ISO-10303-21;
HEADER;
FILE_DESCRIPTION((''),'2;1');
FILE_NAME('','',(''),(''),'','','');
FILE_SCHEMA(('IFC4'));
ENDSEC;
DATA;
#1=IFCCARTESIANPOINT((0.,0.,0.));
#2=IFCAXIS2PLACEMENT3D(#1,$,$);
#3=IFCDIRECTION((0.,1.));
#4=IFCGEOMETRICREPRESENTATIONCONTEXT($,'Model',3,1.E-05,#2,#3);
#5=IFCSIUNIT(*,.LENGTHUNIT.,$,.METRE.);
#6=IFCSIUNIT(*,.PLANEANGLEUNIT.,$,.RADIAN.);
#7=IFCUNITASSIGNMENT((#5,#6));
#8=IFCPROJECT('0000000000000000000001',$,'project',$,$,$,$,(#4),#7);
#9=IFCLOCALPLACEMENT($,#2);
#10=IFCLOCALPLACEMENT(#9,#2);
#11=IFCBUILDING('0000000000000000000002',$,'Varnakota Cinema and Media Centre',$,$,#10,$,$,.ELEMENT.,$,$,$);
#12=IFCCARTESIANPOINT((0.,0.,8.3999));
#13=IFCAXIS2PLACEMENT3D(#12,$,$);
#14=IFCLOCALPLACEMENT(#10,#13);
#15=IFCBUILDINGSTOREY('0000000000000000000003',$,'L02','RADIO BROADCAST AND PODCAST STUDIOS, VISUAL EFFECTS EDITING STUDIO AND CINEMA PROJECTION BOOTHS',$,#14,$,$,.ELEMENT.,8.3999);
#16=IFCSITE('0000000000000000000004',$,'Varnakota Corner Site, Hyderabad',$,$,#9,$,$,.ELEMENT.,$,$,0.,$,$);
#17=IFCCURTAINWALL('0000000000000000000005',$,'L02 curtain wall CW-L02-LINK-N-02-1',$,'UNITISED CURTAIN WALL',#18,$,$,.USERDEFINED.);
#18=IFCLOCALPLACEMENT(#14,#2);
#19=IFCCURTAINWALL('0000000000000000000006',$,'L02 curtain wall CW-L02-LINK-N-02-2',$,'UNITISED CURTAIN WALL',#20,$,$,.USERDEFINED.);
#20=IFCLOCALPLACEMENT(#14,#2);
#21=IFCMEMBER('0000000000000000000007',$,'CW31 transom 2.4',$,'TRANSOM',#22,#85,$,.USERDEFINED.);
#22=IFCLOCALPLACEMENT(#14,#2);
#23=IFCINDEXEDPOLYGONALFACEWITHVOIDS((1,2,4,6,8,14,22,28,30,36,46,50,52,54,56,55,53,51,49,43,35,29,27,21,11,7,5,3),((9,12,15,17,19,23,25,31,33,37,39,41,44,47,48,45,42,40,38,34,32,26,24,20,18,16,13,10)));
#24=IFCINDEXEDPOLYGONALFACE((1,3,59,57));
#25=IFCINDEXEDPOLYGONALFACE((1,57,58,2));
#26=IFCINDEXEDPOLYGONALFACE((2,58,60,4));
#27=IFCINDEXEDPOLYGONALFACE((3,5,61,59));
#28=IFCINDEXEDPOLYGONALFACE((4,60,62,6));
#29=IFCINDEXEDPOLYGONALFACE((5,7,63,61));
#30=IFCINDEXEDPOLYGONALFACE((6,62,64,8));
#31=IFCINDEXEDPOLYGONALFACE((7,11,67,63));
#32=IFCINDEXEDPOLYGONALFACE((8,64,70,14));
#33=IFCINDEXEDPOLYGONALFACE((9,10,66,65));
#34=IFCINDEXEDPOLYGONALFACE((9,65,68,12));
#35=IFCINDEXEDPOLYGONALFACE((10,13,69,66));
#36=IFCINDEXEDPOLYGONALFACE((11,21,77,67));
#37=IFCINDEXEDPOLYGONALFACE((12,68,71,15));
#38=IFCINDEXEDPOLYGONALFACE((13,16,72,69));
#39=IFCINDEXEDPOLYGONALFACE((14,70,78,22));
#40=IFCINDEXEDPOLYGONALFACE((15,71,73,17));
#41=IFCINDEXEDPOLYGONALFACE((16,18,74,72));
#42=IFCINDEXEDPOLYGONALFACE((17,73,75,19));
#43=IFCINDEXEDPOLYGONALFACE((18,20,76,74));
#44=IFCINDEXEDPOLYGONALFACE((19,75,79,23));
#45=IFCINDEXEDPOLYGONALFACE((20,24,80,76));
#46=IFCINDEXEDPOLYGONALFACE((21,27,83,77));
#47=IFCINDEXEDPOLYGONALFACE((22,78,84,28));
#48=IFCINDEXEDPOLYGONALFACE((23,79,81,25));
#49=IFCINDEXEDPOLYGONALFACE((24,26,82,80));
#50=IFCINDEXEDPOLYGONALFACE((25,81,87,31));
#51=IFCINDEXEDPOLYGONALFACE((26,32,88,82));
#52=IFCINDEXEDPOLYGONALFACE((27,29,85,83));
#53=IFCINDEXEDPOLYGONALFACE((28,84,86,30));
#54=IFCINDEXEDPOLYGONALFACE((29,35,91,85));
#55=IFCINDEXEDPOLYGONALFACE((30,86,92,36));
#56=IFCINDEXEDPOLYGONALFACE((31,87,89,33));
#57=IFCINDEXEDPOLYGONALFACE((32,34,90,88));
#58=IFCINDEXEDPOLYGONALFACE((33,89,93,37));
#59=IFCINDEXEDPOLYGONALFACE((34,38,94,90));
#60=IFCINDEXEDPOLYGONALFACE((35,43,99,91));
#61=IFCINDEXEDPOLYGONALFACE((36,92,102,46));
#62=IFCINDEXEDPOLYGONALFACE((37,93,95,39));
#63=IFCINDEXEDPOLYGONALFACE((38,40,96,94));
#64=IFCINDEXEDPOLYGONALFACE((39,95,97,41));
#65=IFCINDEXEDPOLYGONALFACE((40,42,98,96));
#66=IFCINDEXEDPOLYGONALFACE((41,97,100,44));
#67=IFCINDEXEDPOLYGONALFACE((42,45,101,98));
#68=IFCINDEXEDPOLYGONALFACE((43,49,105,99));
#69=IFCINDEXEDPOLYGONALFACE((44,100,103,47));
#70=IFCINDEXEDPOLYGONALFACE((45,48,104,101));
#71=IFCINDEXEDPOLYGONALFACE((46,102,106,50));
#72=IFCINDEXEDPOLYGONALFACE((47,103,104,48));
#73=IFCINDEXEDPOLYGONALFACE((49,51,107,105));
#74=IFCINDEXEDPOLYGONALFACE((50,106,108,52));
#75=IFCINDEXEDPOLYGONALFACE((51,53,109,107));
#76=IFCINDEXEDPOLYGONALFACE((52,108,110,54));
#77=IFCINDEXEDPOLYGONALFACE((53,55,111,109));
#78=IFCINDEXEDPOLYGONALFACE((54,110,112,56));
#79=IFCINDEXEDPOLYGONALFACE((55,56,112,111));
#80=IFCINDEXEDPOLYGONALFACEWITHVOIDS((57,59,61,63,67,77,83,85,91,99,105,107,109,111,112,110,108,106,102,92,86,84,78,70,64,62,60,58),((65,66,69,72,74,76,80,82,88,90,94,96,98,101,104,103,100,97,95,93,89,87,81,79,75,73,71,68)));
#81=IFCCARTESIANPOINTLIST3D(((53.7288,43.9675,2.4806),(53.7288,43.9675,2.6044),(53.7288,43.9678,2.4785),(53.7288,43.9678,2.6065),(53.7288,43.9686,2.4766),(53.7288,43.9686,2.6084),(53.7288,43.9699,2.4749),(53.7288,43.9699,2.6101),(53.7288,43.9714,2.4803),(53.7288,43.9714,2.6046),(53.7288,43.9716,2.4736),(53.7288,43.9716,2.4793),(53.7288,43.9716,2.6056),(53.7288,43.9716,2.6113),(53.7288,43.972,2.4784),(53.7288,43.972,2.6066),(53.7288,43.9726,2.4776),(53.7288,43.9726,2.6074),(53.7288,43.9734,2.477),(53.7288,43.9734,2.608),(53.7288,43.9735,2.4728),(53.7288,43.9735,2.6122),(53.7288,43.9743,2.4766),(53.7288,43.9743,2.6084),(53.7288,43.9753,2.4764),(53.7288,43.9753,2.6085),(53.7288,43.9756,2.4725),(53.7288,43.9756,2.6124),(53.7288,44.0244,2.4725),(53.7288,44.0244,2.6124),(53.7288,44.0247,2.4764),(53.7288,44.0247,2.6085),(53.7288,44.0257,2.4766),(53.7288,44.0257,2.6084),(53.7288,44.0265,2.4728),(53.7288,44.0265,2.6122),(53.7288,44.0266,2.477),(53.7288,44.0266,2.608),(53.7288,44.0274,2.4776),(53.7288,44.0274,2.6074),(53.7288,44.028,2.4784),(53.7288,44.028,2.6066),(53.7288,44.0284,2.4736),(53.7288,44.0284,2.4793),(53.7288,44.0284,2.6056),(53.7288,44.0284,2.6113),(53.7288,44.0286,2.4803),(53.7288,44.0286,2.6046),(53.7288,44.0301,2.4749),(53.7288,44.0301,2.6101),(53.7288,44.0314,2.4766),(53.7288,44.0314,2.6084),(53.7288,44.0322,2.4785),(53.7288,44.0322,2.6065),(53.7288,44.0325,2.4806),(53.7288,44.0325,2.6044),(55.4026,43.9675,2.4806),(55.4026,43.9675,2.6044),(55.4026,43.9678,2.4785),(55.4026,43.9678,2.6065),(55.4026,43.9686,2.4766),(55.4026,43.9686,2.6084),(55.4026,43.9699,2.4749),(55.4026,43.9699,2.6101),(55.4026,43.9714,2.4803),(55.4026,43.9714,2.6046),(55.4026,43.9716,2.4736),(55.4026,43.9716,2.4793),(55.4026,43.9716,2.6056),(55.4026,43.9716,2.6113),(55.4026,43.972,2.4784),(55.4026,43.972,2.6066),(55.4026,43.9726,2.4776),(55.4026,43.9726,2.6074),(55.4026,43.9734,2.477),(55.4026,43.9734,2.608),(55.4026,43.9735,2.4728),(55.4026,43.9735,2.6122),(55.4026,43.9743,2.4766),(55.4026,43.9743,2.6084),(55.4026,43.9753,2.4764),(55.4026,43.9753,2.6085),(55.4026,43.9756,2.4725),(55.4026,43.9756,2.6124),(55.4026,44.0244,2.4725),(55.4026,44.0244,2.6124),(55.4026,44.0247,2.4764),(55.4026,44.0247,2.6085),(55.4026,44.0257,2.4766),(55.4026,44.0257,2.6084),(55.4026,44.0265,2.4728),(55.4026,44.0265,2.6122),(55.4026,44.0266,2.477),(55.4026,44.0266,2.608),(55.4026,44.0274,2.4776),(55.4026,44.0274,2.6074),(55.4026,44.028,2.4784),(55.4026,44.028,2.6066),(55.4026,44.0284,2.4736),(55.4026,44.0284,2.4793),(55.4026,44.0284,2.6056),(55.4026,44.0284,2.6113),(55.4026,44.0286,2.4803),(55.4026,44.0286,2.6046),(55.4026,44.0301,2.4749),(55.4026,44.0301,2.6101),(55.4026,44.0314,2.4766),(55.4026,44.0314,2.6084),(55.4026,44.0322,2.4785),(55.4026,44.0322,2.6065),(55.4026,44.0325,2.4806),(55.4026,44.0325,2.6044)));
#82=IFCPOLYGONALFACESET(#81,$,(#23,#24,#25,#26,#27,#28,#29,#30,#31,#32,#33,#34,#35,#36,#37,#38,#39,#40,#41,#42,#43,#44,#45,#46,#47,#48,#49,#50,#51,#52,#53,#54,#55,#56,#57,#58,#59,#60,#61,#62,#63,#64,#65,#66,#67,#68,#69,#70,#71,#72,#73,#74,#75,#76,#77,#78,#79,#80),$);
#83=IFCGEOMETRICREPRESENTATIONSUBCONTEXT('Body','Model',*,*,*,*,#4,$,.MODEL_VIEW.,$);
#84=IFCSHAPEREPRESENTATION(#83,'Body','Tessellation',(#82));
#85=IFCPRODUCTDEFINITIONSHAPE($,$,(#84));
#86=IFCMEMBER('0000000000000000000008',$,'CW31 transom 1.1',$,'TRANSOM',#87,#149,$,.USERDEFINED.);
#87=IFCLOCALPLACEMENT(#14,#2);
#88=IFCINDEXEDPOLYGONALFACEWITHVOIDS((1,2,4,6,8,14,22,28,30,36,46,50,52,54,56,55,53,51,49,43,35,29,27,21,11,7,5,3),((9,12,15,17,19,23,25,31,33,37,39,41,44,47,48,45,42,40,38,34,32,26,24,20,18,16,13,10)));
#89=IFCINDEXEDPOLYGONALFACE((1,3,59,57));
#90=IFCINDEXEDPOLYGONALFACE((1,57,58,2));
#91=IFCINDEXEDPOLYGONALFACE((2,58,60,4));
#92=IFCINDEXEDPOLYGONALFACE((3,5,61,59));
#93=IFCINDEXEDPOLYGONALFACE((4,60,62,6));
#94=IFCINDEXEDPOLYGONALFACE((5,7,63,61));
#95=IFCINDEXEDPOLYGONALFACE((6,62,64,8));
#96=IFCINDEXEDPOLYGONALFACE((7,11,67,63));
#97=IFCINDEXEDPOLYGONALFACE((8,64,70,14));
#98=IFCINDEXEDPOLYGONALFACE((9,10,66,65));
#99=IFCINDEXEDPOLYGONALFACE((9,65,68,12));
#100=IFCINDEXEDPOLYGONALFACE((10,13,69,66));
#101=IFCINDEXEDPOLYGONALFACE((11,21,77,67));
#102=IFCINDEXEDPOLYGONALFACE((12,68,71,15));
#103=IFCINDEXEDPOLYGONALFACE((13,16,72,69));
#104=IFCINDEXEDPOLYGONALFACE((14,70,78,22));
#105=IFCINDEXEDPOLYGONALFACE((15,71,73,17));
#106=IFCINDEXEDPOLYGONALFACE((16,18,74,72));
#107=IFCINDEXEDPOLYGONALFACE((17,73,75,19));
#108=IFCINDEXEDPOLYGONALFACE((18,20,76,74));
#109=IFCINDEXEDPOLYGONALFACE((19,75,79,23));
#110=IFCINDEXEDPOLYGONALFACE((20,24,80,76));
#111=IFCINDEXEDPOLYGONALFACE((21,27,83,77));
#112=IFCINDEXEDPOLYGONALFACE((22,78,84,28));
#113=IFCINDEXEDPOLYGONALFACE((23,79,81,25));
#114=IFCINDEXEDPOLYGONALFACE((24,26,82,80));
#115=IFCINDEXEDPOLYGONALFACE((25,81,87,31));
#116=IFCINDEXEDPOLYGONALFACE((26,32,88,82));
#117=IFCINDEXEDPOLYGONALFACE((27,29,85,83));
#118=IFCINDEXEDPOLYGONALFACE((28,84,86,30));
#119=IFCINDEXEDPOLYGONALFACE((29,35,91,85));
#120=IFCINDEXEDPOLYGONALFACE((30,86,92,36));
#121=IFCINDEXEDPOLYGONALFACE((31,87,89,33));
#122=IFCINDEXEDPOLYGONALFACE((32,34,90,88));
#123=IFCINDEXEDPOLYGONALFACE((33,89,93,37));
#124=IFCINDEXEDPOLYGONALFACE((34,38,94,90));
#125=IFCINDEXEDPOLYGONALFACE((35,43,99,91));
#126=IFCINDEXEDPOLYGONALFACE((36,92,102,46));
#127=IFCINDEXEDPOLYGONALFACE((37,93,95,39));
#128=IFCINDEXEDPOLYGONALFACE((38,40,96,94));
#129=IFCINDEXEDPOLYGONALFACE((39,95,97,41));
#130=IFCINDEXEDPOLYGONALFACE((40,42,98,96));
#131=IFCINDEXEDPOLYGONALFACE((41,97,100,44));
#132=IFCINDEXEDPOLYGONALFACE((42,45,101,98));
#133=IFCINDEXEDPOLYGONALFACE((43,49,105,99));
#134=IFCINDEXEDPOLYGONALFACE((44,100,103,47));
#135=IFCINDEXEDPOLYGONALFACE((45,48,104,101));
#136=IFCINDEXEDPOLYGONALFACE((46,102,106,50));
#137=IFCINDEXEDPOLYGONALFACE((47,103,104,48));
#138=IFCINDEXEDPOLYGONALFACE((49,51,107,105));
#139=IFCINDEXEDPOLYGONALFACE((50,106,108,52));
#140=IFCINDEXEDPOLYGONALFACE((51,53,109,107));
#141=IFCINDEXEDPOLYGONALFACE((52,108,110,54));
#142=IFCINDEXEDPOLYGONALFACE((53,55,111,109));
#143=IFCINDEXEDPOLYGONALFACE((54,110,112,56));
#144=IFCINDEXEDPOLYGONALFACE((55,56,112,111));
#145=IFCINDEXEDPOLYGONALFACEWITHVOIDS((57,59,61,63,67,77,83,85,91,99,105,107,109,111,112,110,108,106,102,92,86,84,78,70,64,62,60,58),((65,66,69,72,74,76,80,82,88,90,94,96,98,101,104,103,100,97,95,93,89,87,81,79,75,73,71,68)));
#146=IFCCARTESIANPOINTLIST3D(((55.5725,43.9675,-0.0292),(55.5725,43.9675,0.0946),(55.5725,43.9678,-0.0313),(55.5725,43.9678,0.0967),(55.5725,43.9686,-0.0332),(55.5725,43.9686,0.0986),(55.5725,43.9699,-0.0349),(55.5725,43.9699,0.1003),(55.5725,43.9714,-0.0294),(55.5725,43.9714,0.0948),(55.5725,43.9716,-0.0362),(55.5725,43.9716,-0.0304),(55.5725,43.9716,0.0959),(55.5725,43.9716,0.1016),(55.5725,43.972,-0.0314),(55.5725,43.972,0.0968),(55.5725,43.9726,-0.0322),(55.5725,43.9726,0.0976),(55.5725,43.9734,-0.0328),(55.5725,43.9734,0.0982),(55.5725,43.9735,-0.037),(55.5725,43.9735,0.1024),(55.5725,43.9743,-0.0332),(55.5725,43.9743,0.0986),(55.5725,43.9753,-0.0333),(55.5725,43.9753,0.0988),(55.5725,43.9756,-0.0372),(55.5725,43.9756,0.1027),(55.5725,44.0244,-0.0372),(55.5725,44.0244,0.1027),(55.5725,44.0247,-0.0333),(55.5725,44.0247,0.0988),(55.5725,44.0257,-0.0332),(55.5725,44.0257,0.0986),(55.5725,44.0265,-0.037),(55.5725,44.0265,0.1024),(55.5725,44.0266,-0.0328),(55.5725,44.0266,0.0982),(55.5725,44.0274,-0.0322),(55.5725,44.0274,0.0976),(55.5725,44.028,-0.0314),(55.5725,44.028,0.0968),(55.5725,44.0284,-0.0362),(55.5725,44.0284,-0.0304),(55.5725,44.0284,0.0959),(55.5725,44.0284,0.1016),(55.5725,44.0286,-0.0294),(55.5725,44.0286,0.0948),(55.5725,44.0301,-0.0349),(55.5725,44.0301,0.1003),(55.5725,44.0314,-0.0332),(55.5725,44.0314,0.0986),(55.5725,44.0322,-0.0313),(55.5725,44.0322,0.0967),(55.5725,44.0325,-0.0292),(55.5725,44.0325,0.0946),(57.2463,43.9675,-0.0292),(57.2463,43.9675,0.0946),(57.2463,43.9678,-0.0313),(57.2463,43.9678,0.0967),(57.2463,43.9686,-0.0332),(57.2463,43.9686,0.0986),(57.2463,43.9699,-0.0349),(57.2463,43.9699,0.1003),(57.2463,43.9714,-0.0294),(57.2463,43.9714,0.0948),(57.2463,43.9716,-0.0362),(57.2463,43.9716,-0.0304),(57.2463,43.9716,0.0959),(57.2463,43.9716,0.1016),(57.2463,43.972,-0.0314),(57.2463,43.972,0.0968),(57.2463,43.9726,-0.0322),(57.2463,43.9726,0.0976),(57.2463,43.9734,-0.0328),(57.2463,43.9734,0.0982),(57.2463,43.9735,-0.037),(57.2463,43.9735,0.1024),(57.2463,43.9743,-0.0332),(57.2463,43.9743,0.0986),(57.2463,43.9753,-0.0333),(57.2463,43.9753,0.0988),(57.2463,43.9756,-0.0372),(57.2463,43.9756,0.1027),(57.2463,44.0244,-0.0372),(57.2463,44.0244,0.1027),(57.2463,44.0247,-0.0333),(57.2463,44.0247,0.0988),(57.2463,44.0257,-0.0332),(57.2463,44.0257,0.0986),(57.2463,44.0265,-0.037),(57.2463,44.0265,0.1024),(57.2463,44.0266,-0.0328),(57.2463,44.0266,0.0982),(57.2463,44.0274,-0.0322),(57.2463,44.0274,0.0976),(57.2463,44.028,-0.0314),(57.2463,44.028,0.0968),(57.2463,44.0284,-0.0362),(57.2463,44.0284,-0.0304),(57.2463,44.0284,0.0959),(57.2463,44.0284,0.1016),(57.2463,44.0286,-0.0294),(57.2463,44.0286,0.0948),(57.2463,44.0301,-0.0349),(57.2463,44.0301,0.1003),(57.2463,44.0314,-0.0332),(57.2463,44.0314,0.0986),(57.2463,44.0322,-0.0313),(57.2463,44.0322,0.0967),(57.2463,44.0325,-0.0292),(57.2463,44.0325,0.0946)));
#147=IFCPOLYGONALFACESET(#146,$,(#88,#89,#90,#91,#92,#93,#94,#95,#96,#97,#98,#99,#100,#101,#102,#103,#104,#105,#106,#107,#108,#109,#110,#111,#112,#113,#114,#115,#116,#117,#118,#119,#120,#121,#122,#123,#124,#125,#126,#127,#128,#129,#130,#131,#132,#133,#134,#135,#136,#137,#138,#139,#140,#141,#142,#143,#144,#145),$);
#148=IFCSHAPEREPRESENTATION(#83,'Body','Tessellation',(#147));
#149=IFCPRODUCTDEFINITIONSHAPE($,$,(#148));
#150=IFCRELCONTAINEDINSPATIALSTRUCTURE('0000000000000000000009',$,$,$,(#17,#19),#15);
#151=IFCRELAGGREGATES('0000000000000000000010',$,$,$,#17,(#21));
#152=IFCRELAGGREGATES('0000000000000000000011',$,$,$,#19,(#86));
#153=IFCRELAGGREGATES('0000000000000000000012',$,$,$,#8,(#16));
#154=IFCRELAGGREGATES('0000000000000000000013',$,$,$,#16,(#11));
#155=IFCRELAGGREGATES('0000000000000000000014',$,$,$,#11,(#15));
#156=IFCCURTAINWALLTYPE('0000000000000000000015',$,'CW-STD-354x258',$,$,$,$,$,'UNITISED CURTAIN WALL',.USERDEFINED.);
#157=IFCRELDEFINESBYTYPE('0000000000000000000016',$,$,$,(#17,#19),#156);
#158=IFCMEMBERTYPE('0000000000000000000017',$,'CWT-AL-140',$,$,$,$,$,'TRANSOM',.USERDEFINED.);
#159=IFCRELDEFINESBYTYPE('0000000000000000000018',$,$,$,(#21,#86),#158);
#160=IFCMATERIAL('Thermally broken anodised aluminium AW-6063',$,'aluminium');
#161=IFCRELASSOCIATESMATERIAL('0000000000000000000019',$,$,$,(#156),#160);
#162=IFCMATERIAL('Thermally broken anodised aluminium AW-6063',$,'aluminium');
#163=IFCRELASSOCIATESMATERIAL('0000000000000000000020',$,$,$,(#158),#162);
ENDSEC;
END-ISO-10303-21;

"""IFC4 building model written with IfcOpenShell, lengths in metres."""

from ifc_helpers import new_model, si_unit, direction, frame, origin, origin_2d, place, context, subcontext, project, spatial, hollow_rectangle, extrude, material, material_profile, profile_set, type_object, element, aggregate, save


model = new_model("IFC4")

# Units and contexts
model_context = context("Model", 3, precision=1e-05, world=origin(), true_north=direction((0.0, 1.0)))
body_context = subcontext(model_context, "Body", "Model", "MODEL_VIEW")
ifc_project = project(units=[si_unit("LENGTHUNIT", "METRE"), si_unit("PLANEANGLEUNIT", "RADIAN")], contexts=[model_context])

# Site, building, storey
site_placement = place(None, origin())
site = spatial("IfcSite", under=ifc_project, at=site_placement, Name="Varnakota Corner Site, Hyderabad", CompositionType="ELEMENT", RefElevation=0.0)
building_placement = place(site_placement, origin())
building = spatial("IfcBuilding", under=site, at=building_placement, Name="Varnakota Cinema and Media Centre", CompositionType="ELEMENT")
storey_placement = place(building_placement, frame((0.0, 0.0, 8.3999)))
storey = spatial("IfcBuildingStorey", under=building, at=storey_placement, Name="L02", Description="RADIO BROADCAST AND PODCAST STUDIOS, VISUAL EFFECTS EDITING STUDIO AND CINEMA PROJECTION BOOTHS", CompositionType="ELEMENT", Elevation=8.3999)

# Curtain wall
ifc_material_1 = material(Name="Thermally broken anodised aluminium AW-6063", Category="aluminium")
curtain_wall_type = type_object("IfcCurtainWallType", Name="CW-STD-354x258", ElementType="UNITISED CURTAIN WALL", PredefinedType="USERDEFINED", material=ifc_material_1)
curtain_wall_1_placement = place(storey_placement, origin())
curtain_wall_1 = element("IfcCurtainWall", 1, at=curtain_wall_1_placement, inside=storey, type_object=curtain_wall_type, Name="L02 curtain wall CW-L02-LINK-N-02-1", ObjectType="UNITISED CURTAIN WALL", PredefinedType="USERDEFINED")

# Curtain wall
curtain_wall_2_placement = place(storey_placement, origin())
curtain_wall_2 = element("IfcCurtainWall", 2, at=curtain_wall_2_placement, inside=storey, type_object=curtain_wall_type, Name="L02 curtain wall CW-L02-LINK-N-02-2", ObjectType="UNITISED CURTAIN WALL", PredefinedType="USERDEFINED")

# Members
ifc_material_2 = material(Name="Thermally broken anodised aluminium AW-6063", Category="aluminium")
ifc_material_profile_1 = material_profile(ifc_material_2, hollow_rectangle(XDim=0.0649, YDim=0.1399, WallThickness=0.0039, InnerFilletRadius=0.0039, OuterFilletRadius=0.0081, at=origin_2d()), Name="AL-TRANSOM 140x65x4")
ifc_profile_set_1 = profile_set([ifc_material_profile_1], Name="Thermally broken anodised aluminium AW-6063")
member_type_1 = type_object("IfcMemberType", Name="CWT-AL-140", ElementType="TRANSOM", PredefinedType="USERDEFINED", material=ifc_profile_set_1)
member_1_placement = place(storey_placement, frame((53.7288, 44.0, 2.5425), z_axis=(1.0, 0.0, 0.0), x_axis=(0.0, 1.0, 0.0)))
member_1 = element("IfcMember", 3, at=member_1_placement, type_object=member_type_1, Name="CW31 transom 2.4", ObjectType="TRANSOM", PredefinedType="USERDEFINED", context=body_context, shape_type="SweptSolid", body=[
    extrude(hollow_rectangle(XDim=0.0649, YDim=0.1399, WallThickness=0.0039, InnerFilletRadius=0.0039, OuterFilletRadius=0.0081, at=origin_2d()), origin(), (0.0, 0.0, 1.0), 1.6738),
])
member_2_placement = place(storey_placement, frame((55.5725, 44.0, 0.0327), z_axis=(1.0, 0.0, 0.0), x_axis=(0.0, 1.0, 0.0)))
member_2 = element("IfcMember", 4, at=member_2_placement, type_object=member_type_1, Name="CW31 transom 1.1", ObjectType="TRANSOM", PredefinedType="USERDEFINED", context=body_context, shape_type="SweptSolid", body=[
    extrude(hollow_rectangle(XDim=0.0649, YDim=0.1399, WallThickness=0.0039, InnerFilletRadius=0.0039, OuterFilletRadius=0.0081, at=origin_2d()), origin(), (0.0, 0.0, 1.0), 1.6738),
])

aggregate(curtain_wall_1, [member_1])
aggregate(curtain_wall_2, [member_2])

save(model, "model.ifc")
